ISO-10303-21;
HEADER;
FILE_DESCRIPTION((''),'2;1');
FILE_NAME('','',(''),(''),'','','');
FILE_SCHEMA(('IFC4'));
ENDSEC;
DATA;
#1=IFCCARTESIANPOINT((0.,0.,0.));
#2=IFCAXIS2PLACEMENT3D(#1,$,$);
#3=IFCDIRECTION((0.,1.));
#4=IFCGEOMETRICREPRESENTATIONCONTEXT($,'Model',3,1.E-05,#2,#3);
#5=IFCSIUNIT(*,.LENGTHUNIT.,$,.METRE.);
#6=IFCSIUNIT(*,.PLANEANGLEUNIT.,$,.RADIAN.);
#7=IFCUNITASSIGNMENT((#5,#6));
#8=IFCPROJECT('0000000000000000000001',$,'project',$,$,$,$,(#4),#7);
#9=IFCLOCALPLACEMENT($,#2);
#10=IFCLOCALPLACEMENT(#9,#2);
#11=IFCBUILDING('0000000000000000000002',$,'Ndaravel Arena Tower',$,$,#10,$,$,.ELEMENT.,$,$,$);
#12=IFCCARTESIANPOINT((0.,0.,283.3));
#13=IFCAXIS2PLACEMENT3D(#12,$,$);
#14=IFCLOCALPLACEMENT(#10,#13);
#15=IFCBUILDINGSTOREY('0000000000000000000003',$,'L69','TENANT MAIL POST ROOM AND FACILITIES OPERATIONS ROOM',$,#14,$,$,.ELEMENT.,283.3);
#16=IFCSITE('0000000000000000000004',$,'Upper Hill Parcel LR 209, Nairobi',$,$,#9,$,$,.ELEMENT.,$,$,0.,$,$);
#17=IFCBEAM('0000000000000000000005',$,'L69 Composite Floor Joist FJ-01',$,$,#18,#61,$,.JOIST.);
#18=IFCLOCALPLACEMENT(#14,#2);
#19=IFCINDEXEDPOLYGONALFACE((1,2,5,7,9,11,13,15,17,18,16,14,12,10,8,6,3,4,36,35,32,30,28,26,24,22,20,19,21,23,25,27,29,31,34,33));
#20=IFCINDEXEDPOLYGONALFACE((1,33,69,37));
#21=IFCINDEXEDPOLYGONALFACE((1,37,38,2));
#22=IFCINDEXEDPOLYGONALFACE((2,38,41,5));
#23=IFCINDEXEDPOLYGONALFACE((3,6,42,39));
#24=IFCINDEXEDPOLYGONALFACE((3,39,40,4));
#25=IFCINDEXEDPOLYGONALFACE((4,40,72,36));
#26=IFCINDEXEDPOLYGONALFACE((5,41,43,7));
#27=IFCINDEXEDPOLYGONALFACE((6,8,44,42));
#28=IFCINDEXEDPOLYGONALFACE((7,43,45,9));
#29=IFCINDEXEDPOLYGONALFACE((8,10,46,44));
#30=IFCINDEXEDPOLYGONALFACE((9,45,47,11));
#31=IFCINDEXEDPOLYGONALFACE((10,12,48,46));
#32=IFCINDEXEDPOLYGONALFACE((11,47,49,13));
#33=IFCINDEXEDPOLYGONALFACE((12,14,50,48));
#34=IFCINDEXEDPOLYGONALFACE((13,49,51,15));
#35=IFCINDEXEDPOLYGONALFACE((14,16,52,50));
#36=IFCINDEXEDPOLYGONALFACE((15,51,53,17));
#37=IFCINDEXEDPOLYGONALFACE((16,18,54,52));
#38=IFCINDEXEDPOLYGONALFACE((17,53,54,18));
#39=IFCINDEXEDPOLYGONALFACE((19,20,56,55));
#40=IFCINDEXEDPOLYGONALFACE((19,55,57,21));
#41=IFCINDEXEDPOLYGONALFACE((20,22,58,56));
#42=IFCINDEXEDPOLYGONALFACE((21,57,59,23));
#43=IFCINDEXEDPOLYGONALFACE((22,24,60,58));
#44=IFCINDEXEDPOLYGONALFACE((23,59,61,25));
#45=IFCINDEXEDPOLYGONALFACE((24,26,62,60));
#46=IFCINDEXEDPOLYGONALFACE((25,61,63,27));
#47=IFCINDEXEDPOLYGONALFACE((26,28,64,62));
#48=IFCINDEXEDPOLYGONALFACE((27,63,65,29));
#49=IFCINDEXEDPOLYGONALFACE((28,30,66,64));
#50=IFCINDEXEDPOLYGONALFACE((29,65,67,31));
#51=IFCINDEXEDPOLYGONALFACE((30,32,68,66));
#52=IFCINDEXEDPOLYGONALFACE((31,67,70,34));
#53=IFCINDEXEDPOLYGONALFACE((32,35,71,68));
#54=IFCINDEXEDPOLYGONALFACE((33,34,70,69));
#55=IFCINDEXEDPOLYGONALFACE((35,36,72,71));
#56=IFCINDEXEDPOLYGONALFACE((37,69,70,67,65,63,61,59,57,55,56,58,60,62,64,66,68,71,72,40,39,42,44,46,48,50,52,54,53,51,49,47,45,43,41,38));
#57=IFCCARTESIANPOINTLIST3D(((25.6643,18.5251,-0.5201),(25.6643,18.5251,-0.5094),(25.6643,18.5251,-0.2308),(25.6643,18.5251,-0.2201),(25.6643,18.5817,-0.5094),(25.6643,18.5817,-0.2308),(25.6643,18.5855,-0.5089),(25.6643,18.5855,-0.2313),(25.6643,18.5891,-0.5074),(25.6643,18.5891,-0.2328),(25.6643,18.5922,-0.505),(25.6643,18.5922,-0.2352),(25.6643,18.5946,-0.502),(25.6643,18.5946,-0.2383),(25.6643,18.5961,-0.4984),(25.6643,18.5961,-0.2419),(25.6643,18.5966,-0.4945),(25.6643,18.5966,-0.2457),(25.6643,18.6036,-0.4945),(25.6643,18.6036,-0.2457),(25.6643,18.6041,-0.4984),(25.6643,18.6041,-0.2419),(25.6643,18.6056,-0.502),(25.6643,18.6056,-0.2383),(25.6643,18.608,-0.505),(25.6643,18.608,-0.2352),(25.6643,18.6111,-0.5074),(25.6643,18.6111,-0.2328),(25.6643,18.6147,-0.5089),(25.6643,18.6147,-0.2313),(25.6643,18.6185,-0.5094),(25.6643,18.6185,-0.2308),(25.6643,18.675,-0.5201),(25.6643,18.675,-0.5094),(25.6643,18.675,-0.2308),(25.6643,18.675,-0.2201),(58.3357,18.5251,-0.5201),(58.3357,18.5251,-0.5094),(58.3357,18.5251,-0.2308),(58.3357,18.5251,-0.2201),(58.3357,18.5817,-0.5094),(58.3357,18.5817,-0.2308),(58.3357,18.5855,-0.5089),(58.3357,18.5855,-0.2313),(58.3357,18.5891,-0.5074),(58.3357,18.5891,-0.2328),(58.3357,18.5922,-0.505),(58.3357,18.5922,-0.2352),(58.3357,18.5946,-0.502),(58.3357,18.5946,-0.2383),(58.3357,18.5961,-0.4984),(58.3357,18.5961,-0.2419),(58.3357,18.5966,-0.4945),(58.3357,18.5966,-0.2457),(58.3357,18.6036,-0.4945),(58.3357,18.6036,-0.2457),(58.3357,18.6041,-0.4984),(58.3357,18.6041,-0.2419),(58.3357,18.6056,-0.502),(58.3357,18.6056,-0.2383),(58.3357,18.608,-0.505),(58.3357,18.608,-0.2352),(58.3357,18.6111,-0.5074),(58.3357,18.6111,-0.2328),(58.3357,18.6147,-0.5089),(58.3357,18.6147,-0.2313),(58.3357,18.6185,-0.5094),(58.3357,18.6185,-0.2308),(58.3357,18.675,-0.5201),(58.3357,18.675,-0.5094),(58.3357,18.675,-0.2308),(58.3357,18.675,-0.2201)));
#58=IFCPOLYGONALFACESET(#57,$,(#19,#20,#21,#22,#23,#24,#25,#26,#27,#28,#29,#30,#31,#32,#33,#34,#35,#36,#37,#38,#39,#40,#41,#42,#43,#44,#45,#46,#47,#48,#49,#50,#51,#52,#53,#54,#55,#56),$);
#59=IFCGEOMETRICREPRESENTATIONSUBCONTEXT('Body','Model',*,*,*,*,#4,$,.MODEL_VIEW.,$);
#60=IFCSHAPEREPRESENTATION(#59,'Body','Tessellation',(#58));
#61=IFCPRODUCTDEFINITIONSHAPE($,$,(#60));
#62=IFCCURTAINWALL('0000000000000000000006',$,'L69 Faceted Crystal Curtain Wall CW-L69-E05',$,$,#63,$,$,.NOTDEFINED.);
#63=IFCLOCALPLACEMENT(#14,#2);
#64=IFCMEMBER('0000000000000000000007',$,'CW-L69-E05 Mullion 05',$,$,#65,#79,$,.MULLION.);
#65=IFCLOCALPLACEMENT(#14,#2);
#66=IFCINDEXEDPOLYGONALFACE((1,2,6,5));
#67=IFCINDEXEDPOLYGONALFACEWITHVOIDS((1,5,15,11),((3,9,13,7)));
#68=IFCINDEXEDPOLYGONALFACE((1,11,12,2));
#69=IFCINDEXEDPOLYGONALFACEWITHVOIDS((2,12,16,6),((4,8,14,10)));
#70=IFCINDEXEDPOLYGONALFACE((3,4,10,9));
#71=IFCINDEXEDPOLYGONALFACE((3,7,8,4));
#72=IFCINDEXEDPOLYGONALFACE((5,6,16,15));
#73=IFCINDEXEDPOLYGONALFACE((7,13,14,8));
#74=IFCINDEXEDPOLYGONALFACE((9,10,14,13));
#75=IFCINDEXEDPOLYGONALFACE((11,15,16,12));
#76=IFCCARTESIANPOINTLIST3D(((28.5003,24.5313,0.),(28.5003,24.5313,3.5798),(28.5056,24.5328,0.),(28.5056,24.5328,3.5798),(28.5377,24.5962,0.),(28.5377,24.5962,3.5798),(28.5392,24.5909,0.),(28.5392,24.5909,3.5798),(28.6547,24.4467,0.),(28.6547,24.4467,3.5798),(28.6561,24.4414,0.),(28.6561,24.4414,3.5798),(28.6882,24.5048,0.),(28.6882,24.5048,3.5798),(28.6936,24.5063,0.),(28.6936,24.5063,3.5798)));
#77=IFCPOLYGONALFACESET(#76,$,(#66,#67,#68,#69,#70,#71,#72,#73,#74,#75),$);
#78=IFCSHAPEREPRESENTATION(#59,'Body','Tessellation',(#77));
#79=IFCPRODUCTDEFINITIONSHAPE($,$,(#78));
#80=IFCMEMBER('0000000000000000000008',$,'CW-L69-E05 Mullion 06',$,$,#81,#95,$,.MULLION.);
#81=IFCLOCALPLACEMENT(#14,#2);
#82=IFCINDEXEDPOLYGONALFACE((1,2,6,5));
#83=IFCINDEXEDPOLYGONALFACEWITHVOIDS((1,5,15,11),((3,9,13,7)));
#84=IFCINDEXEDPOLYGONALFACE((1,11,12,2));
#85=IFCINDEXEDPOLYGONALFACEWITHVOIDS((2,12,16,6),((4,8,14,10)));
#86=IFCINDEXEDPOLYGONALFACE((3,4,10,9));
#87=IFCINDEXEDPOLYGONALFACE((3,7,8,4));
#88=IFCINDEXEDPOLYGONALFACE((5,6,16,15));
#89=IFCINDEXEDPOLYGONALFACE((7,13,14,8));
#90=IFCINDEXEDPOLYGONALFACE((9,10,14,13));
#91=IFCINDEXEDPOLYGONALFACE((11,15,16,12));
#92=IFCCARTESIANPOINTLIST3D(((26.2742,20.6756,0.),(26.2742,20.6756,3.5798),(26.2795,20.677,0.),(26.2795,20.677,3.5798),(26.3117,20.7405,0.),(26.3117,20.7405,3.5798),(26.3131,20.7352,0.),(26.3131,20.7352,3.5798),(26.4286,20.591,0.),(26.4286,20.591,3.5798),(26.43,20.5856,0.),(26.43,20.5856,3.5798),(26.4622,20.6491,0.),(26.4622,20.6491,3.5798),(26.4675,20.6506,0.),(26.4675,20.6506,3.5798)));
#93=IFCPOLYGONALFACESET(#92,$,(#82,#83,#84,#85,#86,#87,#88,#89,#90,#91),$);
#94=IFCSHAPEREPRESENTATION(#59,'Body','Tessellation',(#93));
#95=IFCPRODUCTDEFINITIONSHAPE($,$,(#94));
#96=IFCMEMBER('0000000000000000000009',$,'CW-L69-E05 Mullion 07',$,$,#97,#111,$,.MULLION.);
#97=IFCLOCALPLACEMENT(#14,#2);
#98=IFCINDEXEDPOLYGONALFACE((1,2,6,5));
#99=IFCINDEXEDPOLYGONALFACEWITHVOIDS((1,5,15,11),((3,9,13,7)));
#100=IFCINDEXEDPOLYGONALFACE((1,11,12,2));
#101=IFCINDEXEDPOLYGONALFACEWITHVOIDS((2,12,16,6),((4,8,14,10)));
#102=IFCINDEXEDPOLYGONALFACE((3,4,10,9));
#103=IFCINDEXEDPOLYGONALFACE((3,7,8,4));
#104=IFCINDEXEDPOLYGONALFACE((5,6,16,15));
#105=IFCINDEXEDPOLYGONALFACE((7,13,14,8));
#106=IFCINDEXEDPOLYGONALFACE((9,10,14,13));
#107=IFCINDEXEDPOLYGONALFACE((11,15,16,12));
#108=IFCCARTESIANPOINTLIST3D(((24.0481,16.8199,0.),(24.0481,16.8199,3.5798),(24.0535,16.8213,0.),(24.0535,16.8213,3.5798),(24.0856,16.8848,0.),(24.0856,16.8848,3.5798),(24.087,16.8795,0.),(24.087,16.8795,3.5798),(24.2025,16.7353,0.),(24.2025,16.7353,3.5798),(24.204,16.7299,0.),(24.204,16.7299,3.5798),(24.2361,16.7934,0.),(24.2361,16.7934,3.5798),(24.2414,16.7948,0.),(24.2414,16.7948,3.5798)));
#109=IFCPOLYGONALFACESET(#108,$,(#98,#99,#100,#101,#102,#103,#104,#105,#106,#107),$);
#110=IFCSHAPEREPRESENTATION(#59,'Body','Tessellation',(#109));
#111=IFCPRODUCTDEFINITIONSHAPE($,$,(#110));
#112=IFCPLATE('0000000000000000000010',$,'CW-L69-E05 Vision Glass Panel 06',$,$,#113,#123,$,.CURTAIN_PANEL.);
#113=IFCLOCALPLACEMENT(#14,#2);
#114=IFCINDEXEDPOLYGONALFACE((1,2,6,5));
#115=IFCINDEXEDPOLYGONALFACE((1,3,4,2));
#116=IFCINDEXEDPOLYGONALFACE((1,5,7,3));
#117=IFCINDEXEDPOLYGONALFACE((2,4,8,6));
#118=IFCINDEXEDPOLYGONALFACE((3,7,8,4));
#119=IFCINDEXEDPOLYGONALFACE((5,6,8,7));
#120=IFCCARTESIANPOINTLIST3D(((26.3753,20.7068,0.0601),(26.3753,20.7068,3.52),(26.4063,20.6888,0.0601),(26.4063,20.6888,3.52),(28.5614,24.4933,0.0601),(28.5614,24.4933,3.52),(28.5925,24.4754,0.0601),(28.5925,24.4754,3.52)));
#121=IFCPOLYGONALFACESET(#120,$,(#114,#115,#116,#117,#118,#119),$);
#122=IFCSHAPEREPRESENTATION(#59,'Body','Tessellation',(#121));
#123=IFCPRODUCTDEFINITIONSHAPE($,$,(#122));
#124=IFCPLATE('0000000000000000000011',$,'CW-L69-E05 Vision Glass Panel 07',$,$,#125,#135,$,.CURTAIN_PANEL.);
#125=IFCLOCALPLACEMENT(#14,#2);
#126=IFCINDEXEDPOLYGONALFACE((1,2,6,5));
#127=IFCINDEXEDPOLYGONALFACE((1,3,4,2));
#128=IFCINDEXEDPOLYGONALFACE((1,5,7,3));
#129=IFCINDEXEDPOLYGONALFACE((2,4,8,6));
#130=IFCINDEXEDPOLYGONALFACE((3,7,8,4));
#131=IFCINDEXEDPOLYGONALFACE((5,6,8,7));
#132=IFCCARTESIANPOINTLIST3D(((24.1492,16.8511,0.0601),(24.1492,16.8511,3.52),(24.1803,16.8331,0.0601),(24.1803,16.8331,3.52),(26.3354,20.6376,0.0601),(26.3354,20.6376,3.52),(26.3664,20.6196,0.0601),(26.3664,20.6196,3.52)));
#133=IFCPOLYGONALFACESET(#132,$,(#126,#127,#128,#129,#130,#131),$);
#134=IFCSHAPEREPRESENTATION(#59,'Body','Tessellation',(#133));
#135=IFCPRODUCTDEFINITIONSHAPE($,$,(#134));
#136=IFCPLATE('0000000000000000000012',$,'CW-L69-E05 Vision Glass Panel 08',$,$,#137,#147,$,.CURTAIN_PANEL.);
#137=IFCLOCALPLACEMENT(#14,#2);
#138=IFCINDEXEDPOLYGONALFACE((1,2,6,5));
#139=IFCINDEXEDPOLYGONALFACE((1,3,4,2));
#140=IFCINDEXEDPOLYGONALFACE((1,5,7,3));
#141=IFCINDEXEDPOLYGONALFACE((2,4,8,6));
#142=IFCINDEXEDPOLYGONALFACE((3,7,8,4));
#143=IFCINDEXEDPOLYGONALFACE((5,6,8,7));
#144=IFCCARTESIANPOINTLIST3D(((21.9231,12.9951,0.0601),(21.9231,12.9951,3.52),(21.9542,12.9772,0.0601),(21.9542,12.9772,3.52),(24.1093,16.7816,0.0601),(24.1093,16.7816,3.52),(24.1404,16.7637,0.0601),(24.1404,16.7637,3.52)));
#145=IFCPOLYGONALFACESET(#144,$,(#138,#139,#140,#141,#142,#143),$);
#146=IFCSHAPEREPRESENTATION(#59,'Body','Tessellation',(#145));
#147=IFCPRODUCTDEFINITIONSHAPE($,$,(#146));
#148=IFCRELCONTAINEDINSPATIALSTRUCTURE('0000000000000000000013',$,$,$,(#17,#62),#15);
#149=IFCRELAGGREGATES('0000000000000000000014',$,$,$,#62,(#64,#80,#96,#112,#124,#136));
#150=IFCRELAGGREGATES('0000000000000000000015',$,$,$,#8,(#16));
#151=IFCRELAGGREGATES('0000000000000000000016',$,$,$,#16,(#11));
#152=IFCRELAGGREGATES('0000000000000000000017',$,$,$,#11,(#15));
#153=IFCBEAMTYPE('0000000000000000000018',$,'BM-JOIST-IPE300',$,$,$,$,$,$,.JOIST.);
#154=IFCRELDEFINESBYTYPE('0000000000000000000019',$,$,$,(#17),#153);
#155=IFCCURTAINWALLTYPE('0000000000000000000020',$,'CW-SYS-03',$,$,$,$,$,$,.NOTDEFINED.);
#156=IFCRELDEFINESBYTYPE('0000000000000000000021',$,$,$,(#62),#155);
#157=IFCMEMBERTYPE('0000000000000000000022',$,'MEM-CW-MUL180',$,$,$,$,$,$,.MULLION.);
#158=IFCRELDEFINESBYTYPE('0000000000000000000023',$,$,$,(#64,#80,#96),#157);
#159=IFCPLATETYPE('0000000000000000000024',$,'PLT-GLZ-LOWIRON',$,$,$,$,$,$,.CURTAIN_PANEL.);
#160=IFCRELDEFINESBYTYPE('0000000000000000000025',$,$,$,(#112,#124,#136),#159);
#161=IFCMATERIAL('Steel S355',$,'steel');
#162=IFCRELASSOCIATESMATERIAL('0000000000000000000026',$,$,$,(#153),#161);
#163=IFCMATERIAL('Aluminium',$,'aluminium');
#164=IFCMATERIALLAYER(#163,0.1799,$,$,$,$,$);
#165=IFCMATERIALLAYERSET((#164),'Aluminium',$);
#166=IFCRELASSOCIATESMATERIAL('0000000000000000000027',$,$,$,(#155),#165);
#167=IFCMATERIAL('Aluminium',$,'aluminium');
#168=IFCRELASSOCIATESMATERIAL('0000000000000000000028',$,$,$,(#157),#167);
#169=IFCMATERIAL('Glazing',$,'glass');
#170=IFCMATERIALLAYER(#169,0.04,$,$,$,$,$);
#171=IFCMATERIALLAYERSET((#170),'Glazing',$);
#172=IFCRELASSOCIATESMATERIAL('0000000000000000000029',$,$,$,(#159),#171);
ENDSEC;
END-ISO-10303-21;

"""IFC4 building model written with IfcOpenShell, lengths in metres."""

from ifc_helpers import new_model, si_unit, direction, frame, origin, origin_2d, place, context, subcontext, project, spatial, rectangle, hollow_rectangle, i_section, extrude, material, layer, layer_set, material_profile, profile_set, type_object, element, aggregate, save


model = new_model("IFC4")

# Units and contexts
model_context = context("Model", 3, precision=1e-05, world=origin(), true_north=direction((0.0, 1.0)))
body_context = subcontext(model_context, "Body", "Model", "MODEL_VIEW")
ifc_project = project(units=[si_unit("LENGTHUNIT", "METRE"), si_unit("PLANEANGLEUNIT", "RADIAN")], contexts=[model_context])

# Site, building, storey
site_placement = place(None, origin())
site = spatial("IfcSite", under=ifc_project, at=site_placement, Name="Upper Hill Parcel LR 209, Nairobi", CompositionType="ELEMENT", RefElevation=0.0)
building_placement = place(site_placement, origin())
building = spatial("IfcBuilding", under=site, at=building_placement, Name="Ndaravel Arena Tower", CompositionType="ELEMENT")
storey_placement = place(building_placement, frame((0.0, 0.0, 283.3)))
storey = spatial("IfcBuildingStorey", under=building, at=storey_placement, Name="L69", Description="TENANT MAIL POST ROOM AND FACILITIES OPERATIONS ROOM", CompositionType="ELEMENT", Elevation=283.3)

# Beam
ifc_material_1 = material(Name="Steel S355", Category="steel")
ifc_material_profile_1 = material_profile(ifc_material_1, i_section(OverallWidth=0.1499, OverallDepth=0.3, WebThickness=0.0071, FlangeThickness=0.0107, FilletRadius=0.0149, at=origin_2d()), Name="IPE 300")
ifc_profile_set_1 = profile_set([ifc_material_profile_1], Name="Steel S355")
beam_type = type_object("IfcBeamType", Name="BM-JOIST-IPE300", PredefinedType="JOIST", material=ifc_profile_set_1)
beam_placement = place(storey_placement, frame((25.6643, 18.6001, -0.3701), z_axis=(1.0, 0.0, 0.0), x_axis=(0.0, 1.0, 0.0)))
element("IfcBeam", 1, at=beam_placement, inside=storey, type_object=beam_type, Name="L69 Composite Floor Joist FJ-01", PredefinedType="JOIST", context=body_context, shape_type="SweptSolid", body=[
    extrude(i_section(OverallWidth=0.1499, OverallDepth=0.3, WebThickness=0.0071, FlangeThickness=0.0107, FilletRadius=0.0149, at=origin_2d()), origin(), (0.0, 0.0, 1.0), 32.6714),
])

# Curtain wall, members, plates
ifc_material_2 = material(Name="Aluminium", Category="aluminium")
ifc_layer_1 = layer(ifc_material_2, 0.1799)
ifc_layer_set_1 = layer_set([ifc_layer_1], Name="Aluminium")
curtain_wall_type = type_object("IfcCurtainWallType", Name="CW-SYS-03", PredefinedType="NOTDEFINED", material=ifc_layer_set_1)
curtain_wall_placement = place(storey_placement, origin())
curtain_wall = element("IfcCurtainWall", 2, at=curtain_wall_placement, inside=storey, type_object=curtain_wall_type, Name="L69 Faceted Crystal Curtain Wall CW-L69-E05", PredefinedType="NOTDEFINED")
ifc_material_3 = material(Name="Aluminium", Category="aluminium")
ifc_material_profile_2 = material_profile(ifc_material_3, hollow_rectangle(XDim=0.075, YDim=0.1799, WallThickness=0.0039, at=origin_2d()), Name="CW MULLION 75x180x4")
ifc_profile_set_2 = profile_set([ifc_material_profile_2], Name="Aluminium")
member_type = type_object("IfcMemberType", Name="MEM-CW-MUL180", PredefinedType="MULLION", material=ifc_profile_set_2)
member_1_placement = place(storey_placement, frame((28.5969, 24.5188, 0.0), z_axis=(0.0, 0.0, 1.0), x_axis=(-0.5, -0.866025, 0.0)))
member_1 = element("IfcMember", 3, at=member_1_placement, type_object=member_type, Name="CW-L69-E05 Mullion 05", PredefinedType="MULLION", context=body_context, shape_type="SweptSolid", body=[
    extrude(hollow_rectangle(XDim=0.075, YDim=0.1799, WallThickness=0.0039, at=origin_2d()), origin(), (0.0, 0.0, 1.0), 3.5798),
])
member_2_placement = place(storey_placement, frame((26.3708, 20.6631, 0.0), z_axis=(0.0, 0.0, 1.0), x_axis=(-0.5, -0.866025, 0.0)))
member_2 = element("IfcMember", 4, at=member_2_placement, type_object=member_type, Name="CW-L69-E05 Mullion 06", PredefinedType="MULLION", context=body_context, shape_type="SweptSolid", body=[
    extrude(hollow_rectangle(XDim=0.075, YDim=0.1799, WallThickness=0.0039, at=origin_2d()), origin(), (0.0, 0.0, 1.0), 3.5798),
])
member_3_placement = place(storey_placement, frame((24.1448, 16.8074, 0.0), z_axis=(0.0, 0.0, 1.0), x_axis=(-0.5, -0.866025, 0.0)))
member_3 = element("IfcMember", 5, at=member_3_placement, type_object=member_type, Name="CW-L69-E05 Mullion 07", PredefinedType="MULLION", context=body_context, shape_type="SweptSolid", body=[
    extrude(hollow_rectangle(XDim=0.075, YDim=0.1799, WallThickness=0.0039, at=origin_2d()), origin(), (0.0, 0.0, 1.0), 3.5798),
])
ifc_material_4 = material(Name="Glazing", Category="glass")
ifc_layer_2 = layer(ifc_material_4, 0.04)
ifc_layer_set_2 = layer_set([ifc_layer_2], Name="Glazing")
plate_type = type_object("IfcPlateType", Name="PLT-GLZ-LOWIRON", PredefinedType="CURTAIN_PANEL", material=ifc_layer_set_2)
plate_1_placement = place(storey_placement, frame((27.4839, 22.5911, 0.0601), z_axis=(0.0, 0.0, 1.0), x_axis=(-0.5, -0.866025, 0.0)))
plate_1 = element("IfcPlate", 6, at=plate_1_placement, type_object=plate_type, Name="CW-L69-E05 Vision Glass Panel 06", PredefinedType="CURTAIN_PANEL", context=body_context, shape_type="SweptSolid", body=[
    extrude(rectangle(XDim=4.3723, YDim=0.0359, at=origin_2d()), origin(), (0.0, 0.0, 1.0), 3.46),
])
plate_2_placement = place(storey_placement, frame((25.2578, 18.7354, 0.0601), z_axis=(0.0, 0.0, 1.0), x_axis=(-0.5, -0.866025, 0.0)))
plate_2 = element("IfcPlate", 7, at=plate_2_placement, type_object=plate_type, Name="CW-L69-E05 Vision Glass Panel 07", PredefinedType="CURTAIN_PANEL", context=body_context, shape_type="SweptSolid", body=[
    extrude(rectangle(XDim=4.3723, YDim=0.0359, at=origin_2d()), origin(), (0.0, 0.0, 1.0), 3.46),
])
plate_3_placement = place(storey_placement, frame((23.0317, 14.8794, 0.0601), z_axis=(0.0, 0.0, 1.0), x_axis=(-0.5, -0.866025, 0.0)))
plate_3 = element("IfcPlate", 8, at=plate_3_placement, type_object=plate_type, Name="CW-L69-E05 Vision Glass Panel 08", PredefinedType="CURTAIN_PANEL", context=body_context, shape_type="SweptSolid", body=[
    extrude(rectangle(XDim=4.3723, YDim=0.0359, at=origin_2d()), origin(), (0.0, 0.0, 1.0), 3.46),
])
aggregate(curtain_wall, [member_1, member_2, member_3, plate_1, plate_2, plate_3])

save(model, "model.ifc")
